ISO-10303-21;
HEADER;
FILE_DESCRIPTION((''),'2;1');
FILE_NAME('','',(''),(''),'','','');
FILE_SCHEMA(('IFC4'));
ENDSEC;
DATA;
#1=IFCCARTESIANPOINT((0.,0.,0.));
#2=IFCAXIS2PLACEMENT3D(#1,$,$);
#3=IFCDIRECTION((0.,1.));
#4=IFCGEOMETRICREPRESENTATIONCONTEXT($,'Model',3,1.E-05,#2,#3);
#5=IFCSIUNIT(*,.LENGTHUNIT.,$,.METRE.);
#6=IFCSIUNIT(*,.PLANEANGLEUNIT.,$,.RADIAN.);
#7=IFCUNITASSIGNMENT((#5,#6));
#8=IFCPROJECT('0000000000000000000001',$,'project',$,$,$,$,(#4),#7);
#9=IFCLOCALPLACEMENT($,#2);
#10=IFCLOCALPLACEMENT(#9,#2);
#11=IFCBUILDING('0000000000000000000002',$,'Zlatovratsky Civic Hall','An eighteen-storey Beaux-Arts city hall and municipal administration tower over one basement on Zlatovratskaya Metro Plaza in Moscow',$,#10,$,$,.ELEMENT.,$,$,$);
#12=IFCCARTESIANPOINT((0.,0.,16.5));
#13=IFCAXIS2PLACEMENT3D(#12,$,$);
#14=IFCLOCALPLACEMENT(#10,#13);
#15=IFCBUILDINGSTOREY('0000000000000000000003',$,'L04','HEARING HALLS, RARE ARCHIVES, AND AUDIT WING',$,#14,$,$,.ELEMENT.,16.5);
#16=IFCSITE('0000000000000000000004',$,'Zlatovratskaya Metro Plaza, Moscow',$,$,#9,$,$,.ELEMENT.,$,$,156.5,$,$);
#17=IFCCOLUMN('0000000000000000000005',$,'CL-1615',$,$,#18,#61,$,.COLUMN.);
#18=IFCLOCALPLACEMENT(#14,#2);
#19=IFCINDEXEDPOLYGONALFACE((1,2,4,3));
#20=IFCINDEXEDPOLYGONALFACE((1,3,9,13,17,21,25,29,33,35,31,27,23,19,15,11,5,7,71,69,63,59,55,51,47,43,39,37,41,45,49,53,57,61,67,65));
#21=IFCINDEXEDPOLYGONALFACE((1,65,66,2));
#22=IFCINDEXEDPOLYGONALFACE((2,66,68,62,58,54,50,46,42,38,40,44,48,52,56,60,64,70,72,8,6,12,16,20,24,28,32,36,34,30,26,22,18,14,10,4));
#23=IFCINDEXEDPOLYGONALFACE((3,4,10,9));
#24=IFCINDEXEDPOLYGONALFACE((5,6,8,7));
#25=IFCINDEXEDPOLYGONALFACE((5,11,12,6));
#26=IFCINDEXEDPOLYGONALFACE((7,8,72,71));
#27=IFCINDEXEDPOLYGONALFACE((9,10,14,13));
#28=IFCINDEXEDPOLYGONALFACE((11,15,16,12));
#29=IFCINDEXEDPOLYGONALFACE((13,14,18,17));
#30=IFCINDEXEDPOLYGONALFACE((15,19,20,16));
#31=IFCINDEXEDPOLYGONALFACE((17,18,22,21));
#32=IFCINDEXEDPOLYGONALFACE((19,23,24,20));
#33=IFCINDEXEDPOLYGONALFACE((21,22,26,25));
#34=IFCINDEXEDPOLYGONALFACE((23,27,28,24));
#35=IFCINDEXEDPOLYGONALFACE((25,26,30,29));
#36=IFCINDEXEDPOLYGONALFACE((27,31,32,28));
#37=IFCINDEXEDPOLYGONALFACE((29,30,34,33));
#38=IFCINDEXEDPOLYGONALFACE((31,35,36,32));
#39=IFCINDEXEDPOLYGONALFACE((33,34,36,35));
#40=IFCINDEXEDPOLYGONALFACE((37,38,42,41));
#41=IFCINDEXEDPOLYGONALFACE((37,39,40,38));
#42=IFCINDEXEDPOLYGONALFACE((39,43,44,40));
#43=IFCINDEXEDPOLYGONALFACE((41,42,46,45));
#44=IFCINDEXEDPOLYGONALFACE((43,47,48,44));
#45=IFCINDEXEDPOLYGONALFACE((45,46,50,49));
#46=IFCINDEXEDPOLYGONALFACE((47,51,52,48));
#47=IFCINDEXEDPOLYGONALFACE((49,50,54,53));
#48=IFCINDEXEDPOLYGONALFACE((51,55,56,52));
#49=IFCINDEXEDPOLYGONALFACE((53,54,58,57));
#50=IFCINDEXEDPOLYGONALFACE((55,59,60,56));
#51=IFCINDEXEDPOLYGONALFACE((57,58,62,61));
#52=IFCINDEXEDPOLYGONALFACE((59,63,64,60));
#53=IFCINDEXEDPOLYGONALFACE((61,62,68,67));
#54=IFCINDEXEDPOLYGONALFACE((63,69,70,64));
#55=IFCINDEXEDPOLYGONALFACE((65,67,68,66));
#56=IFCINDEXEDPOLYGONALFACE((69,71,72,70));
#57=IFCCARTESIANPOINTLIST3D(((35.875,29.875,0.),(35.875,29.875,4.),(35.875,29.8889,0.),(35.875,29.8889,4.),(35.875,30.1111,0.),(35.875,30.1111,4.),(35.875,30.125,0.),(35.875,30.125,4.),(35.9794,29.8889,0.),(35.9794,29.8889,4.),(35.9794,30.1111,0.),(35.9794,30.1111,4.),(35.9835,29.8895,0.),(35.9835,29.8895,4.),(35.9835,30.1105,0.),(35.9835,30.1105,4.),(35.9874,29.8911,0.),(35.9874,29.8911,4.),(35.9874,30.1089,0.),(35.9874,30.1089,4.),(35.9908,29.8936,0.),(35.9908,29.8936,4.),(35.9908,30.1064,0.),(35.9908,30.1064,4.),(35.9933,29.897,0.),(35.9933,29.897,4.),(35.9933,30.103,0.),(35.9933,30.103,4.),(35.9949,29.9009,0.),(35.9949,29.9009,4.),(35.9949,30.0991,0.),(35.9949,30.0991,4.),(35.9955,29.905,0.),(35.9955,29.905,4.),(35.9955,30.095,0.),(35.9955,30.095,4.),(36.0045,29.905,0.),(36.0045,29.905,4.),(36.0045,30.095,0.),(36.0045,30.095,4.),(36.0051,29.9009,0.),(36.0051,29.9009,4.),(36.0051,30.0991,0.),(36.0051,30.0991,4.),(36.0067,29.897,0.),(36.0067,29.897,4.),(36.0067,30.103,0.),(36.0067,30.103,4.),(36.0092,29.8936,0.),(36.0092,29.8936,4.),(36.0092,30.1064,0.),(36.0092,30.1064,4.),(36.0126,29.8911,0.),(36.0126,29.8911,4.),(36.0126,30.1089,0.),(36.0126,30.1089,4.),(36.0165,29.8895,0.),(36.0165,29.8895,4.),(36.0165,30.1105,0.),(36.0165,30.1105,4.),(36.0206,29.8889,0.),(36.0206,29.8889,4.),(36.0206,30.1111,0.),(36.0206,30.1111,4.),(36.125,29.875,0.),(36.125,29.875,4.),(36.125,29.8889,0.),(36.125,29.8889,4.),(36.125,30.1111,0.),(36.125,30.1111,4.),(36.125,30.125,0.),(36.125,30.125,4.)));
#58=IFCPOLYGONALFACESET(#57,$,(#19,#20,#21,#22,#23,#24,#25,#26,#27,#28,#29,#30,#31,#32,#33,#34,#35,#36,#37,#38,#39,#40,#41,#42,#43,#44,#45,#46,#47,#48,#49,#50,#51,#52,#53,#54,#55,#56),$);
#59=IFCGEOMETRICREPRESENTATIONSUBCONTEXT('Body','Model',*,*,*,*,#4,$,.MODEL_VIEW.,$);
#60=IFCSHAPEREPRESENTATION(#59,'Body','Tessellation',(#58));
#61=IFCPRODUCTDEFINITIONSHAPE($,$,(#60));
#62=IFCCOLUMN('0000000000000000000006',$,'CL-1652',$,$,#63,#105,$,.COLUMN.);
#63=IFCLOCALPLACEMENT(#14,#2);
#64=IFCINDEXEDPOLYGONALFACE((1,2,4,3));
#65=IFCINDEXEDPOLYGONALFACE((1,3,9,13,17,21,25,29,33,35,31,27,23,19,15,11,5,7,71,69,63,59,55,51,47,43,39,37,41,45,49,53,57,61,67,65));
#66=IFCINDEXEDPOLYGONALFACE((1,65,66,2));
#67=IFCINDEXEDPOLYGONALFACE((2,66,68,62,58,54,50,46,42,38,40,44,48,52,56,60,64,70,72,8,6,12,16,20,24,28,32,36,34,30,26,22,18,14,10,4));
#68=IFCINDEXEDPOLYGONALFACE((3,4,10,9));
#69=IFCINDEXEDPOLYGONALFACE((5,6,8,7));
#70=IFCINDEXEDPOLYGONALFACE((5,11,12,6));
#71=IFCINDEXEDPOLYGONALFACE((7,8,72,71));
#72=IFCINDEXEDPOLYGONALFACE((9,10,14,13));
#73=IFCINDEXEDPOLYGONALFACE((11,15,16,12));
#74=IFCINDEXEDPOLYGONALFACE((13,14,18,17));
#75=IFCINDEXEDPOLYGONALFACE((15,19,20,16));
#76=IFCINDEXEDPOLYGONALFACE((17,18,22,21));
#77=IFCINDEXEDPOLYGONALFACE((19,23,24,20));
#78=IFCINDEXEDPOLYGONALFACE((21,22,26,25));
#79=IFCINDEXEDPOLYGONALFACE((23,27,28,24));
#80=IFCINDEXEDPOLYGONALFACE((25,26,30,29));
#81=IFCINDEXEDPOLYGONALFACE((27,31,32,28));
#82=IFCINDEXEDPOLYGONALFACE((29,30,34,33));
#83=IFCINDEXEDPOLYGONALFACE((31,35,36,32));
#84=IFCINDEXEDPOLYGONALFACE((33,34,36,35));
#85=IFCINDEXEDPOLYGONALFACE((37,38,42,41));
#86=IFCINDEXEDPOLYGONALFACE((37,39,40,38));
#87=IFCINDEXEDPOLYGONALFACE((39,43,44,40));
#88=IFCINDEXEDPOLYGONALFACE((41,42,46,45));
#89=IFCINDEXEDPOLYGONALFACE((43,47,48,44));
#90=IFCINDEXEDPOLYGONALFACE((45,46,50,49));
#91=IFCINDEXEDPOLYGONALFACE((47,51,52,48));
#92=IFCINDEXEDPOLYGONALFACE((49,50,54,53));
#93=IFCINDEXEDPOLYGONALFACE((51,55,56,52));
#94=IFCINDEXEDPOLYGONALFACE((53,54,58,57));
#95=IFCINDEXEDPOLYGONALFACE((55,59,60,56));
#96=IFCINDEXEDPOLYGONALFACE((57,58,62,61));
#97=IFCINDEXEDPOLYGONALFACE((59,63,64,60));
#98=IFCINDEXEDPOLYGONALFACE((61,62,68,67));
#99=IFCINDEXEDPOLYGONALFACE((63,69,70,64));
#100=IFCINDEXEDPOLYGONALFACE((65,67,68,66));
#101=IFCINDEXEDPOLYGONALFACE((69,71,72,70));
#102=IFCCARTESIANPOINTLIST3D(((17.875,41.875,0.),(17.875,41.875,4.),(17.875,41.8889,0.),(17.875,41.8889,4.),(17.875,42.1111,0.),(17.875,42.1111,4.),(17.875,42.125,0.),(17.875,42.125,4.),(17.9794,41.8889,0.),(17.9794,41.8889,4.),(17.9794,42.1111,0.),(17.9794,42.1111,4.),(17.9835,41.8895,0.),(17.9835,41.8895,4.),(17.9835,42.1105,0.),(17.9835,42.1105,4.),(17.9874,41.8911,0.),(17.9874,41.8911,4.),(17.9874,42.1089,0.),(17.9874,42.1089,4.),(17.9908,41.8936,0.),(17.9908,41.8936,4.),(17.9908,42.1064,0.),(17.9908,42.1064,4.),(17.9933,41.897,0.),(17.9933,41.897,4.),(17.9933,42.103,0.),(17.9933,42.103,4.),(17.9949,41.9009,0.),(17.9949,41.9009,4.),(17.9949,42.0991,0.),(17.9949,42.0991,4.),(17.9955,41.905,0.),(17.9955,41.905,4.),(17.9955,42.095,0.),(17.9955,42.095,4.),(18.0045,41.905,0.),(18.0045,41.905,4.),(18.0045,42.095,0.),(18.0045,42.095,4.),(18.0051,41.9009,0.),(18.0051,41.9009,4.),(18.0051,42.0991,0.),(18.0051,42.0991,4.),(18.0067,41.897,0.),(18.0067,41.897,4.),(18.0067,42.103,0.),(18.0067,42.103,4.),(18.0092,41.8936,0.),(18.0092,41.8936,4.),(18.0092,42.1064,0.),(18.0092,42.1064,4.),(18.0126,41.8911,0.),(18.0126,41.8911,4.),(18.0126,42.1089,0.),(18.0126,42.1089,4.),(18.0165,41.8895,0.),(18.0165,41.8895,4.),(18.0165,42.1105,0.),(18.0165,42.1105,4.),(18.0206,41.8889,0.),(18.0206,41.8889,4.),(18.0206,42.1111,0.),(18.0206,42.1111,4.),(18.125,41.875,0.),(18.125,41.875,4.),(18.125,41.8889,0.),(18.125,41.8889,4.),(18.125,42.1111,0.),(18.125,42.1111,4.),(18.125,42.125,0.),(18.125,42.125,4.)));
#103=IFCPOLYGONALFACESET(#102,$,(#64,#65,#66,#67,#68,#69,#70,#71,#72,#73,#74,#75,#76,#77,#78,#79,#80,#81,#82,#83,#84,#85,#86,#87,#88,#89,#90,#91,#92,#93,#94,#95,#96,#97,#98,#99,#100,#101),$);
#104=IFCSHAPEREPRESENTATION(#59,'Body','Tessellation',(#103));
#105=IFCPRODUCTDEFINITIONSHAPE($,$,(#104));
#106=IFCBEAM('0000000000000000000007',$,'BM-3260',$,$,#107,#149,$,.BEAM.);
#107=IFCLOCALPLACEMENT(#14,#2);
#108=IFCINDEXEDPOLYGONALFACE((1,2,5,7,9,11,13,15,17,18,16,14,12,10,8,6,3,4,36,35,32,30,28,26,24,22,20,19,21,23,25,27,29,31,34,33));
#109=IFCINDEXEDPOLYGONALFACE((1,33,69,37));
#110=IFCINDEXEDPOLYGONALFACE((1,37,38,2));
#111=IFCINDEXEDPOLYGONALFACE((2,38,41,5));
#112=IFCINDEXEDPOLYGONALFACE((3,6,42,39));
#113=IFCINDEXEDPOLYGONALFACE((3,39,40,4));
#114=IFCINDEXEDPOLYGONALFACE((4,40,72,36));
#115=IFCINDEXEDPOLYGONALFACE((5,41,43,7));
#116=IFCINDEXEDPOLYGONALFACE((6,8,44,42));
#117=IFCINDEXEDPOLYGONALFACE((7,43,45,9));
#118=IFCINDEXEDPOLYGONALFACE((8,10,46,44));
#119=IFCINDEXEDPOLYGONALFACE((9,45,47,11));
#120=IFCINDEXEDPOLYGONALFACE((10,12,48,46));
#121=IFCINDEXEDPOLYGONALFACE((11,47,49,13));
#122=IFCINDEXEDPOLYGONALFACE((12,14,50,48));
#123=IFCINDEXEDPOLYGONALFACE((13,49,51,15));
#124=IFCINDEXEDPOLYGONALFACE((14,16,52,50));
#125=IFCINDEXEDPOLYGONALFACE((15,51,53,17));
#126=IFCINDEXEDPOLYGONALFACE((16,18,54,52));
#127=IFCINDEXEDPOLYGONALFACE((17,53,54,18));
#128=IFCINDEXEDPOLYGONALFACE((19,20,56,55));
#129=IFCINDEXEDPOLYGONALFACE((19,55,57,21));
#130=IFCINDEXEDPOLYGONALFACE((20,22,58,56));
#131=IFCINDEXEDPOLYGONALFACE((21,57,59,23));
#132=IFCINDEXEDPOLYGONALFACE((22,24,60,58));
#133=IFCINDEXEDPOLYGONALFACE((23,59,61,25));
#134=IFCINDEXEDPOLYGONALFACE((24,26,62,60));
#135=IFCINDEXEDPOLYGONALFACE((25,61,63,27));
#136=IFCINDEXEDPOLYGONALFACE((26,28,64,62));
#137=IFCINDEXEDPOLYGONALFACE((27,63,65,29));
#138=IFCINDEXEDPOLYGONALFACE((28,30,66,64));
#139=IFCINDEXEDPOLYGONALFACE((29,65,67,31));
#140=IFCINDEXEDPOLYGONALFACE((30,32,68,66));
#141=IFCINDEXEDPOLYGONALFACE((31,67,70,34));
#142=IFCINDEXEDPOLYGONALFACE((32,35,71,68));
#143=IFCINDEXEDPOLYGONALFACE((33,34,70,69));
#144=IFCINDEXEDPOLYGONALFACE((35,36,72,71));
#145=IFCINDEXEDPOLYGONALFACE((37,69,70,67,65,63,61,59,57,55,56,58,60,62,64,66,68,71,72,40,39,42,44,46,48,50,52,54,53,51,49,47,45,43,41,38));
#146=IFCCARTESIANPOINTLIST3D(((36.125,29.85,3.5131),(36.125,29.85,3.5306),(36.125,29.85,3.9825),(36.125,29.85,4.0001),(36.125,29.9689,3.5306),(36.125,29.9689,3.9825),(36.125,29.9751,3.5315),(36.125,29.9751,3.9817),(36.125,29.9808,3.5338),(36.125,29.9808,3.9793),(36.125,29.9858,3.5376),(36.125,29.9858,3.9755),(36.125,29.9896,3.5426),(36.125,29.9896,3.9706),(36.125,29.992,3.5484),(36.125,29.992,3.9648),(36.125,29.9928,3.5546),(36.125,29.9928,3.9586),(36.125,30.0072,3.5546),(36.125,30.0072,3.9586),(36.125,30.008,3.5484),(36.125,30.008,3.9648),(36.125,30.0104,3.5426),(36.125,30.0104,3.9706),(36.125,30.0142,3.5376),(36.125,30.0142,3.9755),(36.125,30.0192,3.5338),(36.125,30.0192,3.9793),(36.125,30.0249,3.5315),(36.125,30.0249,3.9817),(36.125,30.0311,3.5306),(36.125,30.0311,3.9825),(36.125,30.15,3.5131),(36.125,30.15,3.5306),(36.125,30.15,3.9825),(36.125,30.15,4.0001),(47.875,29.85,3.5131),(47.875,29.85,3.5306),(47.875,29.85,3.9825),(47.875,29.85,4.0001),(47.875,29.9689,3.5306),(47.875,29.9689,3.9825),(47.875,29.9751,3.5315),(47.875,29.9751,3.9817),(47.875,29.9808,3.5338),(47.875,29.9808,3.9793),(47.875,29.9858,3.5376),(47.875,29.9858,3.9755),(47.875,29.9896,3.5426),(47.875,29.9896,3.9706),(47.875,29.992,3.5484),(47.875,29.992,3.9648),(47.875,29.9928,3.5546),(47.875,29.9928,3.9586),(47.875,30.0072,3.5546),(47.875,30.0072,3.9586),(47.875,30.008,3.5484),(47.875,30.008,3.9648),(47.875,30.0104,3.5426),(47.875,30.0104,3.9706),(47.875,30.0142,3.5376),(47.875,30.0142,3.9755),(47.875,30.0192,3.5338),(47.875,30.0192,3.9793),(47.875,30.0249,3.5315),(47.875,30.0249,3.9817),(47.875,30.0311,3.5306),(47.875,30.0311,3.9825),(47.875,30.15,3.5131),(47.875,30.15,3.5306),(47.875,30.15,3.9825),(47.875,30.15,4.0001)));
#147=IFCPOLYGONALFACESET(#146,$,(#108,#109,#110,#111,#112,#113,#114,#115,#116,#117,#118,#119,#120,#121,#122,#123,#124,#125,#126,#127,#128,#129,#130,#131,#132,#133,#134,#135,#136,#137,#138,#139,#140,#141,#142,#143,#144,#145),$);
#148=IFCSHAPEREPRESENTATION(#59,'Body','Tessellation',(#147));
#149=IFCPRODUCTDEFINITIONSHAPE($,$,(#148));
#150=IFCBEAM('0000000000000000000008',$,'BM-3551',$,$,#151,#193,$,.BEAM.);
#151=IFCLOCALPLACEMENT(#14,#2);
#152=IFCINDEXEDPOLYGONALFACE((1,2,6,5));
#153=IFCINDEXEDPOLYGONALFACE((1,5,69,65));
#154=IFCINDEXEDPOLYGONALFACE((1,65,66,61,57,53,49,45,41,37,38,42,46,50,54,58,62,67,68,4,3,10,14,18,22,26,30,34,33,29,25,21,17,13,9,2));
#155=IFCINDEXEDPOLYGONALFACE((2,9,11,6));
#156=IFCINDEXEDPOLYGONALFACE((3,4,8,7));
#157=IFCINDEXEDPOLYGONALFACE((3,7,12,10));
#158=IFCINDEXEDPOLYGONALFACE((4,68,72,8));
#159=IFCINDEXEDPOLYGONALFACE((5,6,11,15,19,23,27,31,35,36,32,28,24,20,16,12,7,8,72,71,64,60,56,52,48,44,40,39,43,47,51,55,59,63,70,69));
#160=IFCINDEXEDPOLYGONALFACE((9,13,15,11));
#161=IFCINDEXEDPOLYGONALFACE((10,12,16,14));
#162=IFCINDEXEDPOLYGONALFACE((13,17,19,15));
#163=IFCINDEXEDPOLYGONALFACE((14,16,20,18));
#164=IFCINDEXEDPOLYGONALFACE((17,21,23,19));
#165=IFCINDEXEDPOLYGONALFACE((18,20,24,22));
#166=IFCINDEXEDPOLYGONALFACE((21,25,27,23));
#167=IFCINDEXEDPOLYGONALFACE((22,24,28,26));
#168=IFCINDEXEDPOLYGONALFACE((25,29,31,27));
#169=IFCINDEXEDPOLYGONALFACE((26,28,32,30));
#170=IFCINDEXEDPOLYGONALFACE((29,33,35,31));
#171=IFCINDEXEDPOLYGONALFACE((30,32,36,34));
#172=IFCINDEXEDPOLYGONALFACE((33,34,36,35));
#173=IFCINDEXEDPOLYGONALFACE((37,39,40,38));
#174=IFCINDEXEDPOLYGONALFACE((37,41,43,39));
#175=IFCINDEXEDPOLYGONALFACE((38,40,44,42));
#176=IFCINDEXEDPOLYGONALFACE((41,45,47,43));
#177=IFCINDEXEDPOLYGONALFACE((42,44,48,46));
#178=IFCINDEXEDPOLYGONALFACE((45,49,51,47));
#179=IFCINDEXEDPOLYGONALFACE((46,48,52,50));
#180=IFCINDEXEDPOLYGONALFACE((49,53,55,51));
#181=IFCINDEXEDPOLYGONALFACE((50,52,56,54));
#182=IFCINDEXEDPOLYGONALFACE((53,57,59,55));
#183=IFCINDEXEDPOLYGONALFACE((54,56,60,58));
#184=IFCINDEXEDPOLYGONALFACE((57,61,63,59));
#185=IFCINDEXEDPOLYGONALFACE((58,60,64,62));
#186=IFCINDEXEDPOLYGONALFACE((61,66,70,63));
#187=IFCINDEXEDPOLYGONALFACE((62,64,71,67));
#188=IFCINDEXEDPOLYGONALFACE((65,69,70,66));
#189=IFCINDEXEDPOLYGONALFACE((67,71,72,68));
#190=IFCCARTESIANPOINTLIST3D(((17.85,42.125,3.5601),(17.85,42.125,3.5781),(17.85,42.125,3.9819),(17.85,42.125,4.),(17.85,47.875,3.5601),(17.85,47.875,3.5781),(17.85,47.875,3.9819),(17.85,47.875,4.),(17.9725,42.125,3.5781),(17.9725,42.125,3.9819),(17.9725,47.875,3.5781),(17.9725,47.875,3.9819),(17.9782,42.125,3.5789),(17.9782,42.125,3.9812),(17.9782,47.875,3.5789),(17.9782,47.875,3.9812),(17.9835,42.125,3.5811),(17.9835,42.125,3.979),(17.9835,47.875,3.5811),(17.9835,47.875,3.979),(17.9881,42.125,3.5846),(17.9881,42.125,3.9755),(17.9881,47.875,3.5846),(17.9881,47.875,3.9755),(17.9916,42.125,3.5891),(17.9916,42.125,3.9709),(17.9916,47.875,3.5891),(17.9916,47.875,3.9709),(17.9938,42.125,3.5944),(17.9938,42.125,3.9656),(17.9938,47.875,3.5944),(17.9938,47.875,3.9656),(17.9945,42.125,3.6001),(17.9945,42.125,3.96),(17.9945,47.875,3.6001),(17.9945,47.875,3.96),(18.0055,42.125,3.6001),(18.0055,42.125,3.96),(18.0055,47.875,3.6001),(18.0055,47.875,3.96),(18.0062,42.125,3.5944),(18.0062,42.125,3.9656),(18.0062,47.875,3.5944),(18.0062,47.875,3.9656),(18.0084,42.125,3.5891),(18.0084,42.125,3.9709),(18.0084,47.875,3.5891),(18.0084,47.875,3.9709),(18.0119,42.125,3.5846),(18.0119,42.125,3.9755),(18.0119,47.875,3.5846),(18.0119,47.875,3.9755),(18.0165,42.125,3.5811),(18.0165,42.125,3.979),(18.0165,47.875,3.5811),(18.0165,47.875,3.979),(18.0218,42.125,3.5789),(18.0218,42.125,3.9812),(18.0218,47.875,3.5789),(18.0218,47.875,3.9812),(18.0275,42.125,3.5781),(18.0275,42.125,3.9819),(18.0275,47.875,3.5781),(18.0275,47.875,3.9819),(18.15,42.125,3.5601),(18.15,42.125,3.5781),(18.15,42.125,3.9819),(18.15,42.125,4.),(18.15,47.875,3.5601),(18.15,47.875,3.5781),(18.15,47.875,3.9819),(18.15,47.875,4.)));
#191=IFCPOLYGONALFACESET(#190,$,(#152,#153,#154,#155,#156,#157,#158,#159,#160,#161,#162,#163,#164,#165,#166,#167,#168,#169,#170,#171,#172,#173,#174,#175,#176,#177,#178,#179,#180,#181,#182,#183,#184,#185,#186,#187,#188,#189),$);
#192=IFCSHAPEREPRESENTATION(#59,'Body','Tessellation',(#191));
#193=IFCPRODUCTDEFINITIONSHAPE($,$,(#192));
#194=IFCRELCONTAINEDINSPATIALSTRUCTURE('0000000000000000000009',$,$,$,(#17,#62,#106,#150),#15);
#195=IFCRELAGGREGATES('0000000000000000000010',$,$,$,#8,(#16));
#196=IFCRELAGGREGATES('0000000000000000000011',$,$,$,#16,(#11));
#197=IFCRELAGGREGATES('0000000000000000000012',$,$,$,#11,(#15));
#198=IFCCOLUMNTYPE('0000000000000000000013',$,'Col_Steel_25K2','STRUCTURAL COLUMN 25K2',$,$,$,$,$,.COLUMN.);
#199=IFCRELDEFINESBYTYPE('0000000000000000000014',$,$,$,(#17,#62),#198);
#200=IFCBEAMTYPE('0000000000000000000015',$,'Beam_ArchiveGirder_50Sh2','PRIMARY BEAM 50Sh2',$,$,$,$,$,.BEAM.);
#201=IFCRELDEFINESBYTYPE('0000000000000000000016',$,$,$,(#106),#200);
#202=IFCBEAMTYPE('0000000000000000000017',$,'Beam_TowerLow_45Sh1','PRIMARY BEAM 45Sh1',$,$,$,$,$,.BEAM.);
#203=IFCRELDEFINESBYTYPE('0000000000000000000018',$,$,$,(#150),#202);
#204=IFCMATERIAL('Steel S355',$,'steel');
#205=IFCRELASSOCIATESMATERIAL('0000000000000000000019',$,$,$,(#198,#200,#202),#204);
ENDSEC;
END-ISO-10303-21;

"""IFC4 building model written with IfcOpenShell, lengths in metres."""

from ifc_helpers import new_model, si_unit, direction, frame, origin, origin_2d, place, context, subcontext, project, spatial, i_section, extrude, material, material_profile, profile_set, type_object, element, save


model = new_model("IFC4")

# Units and contexts
model_context = context("Model", 3, precision=1e-05, world=origin(), true_north=direction((0.0, 1.0)))
body_context = subcontext(model_context, "Body", "Model", "MODEL_VIEW")
ifc_project = project(units=[si_unit("LENGTHUNIT", "METRE"), si_unit("PLANEANGLEUNIT", "RADIAN")], contexts=[model_context])

# Site, building, storey
site_placement = place(None, origin())
site = spatial("IfcSite", under=ifc_project, at=site_placement, Name="Zlatovratskaya Metro Plaza, Moscow", CompositionType="ELEMENT", RefElevation=156.5)
building_placement = place(site_placement, origin())
building = spatial("IfcBuilding", under=site, at=building_placement, Name="Zlatovratsky Civic Hall", Description="An eighteen-storey Beaux-Arts city hall and municipal administration tower over one basement on Zlatovratskaya Metro Plaza in Moscow", CompositionType="ELEMENT")
storey_placement = place(building_placement, frame((0.0, 0.0, 16.5)))
storey = spatial("IfcBuildingStorey", under=building, at=storey_placement, Name="L04", Description="HEARING HALLS, RARE ARCHIVES, AND AUDIT WING", CompositionType="ELEMENT", Elevation=16.5)

# Columns
ifc_material_1 = material(Name="Steel S355", Category="steel")
ifc_material_profile_1 = material_profile(ifc_material_1, i_section(OverallWidth=0.25, OverallDepth=0.25, WebThickness=0.009, FlangeThickness=0.0139, FilletRadius=0.0161, at=origin_2d()), Name="25K2")
ifc_profile_set_1 = profile_set([ifc_material_profile_1], Name="Steel S355")
column_type = type_object("IfcColumnType", Name="Col_Steel_25K2", Description="STRUCTURAL COLUMN 25K2", PredefinedType="COLUMN", material=ifc_profile_set_1)
for number, where, z_axis, x_axis, name in (
    (1, (36.0, 30.0, 0.0), (0.0, 0.0, 1.0), (1.0, 0.0, 0.0), "CL-1615"),
    (2, (18.0, 42.0, 0.0), (0.0, 0.0, 1.0), (1.0, 0.0, 0.0), "CL-1652"),
):
    element("IfcColumn", number, at=place(storey_placement, frame(where, z_axis=z_axis, x_axis=x_axis)), inside=storey, type_object=column_type, Name=name, PredefinedType="COLUMN", context=body_context, shape_type="SweptSolid", body=[
        extrude(i_section(OverallWidth=0.25, OverallDepth=0.25, WebThickness=0.009, FlangeThickness=0.0139, FilletRadius=0.0161, at=origin_2d()), origin(), (0.0, 0.0, 1.0), 4.0),
    ])

# Beams
ifc_material_profile_2 = material_profile(ifc_material_1, i_section(OverallWidth=0.3, OverallDepth=0.4871, WebThickness=0.0144, FlangeThickness=0.0176, FilletRadius=0.0239, at=origin_2d()), Name="50Sh2")
ifc_profile_set_2 = profile_set([ifc_material_profile_2], Name="Steel S355")
beam_type_1 = type_object("IfcBeamType", Name="Beam_ArchiveGirder_50Sh2", Description="PRIMARY BEAM 50Sh2", PredefinedType="BEAM", material=ifc_profile_set_2)
beam_1_placement = place(storey_placement, frame((36.125, 30.0, 3.7566), z_axis=(1.0, 0.0, 0.0), x_axis=(0.0, 1.0, 0.0)))
element("IfcBeam", 3, at=beam_1_placement, inside=storey, type_object=beam_type_1, Name="BM-3260", PredefinedType="BEAM", context=body_context, shape_type="SweptSolid", body=[
    extrude(i_section(OverallWidth=0.3, OverallDepth=0.4871, WebThickness=0.0144, FlangeThickness=0.0176, FilletRadius=0.0239, at=origin_2d()), origin(), (0.0, 0.0, 1.0), 11.75),
])
ifc_material_profile_3 = material_profile(ifc_material_1, i_section(OverallWidth=0.3, OverallDepth=0.4399, WebThickness=0.011, FlangeThickness=0.0181, FilletRadius=0.022, at=origin_2d()), Name="45Sh1")
ifc_profile_set_3 = profile_set([ifc_material_profile_3], Name="Steel S355")
beam_type_2 = type_object("IfcBeamType", Name="Beam_TowerLow_45Sh1", Description="PRIMARY BEAM 45Sh1", PredefinedType="BEAM", material=ifc_profile_set_3)
beam_2_placement = place(storey_placement, frame((18.0, 42.125, 3.78), z_axis=(0.0, 1.0, 0.0), x_axis=(-1.0, 0.0, 0.0)))
element("IfcBeam", 4, at=beam_2_placement, inside=storey, type_object=beam_type_2, Name="BM-3551", PredefinedType="BEAM", context=body_context, shape_type="SweptSolid", body=[
    extrude(i_section(OverallWidth=0.3, OverallDepth=0.4399, WebThickness=0.011, FlangeThickness=0.0181, FilletRadius=0.022, at=origin_2d()), origin(), (0.0, 0.0, 1.0), 5.75),
])

save(model, "model.ifc")
